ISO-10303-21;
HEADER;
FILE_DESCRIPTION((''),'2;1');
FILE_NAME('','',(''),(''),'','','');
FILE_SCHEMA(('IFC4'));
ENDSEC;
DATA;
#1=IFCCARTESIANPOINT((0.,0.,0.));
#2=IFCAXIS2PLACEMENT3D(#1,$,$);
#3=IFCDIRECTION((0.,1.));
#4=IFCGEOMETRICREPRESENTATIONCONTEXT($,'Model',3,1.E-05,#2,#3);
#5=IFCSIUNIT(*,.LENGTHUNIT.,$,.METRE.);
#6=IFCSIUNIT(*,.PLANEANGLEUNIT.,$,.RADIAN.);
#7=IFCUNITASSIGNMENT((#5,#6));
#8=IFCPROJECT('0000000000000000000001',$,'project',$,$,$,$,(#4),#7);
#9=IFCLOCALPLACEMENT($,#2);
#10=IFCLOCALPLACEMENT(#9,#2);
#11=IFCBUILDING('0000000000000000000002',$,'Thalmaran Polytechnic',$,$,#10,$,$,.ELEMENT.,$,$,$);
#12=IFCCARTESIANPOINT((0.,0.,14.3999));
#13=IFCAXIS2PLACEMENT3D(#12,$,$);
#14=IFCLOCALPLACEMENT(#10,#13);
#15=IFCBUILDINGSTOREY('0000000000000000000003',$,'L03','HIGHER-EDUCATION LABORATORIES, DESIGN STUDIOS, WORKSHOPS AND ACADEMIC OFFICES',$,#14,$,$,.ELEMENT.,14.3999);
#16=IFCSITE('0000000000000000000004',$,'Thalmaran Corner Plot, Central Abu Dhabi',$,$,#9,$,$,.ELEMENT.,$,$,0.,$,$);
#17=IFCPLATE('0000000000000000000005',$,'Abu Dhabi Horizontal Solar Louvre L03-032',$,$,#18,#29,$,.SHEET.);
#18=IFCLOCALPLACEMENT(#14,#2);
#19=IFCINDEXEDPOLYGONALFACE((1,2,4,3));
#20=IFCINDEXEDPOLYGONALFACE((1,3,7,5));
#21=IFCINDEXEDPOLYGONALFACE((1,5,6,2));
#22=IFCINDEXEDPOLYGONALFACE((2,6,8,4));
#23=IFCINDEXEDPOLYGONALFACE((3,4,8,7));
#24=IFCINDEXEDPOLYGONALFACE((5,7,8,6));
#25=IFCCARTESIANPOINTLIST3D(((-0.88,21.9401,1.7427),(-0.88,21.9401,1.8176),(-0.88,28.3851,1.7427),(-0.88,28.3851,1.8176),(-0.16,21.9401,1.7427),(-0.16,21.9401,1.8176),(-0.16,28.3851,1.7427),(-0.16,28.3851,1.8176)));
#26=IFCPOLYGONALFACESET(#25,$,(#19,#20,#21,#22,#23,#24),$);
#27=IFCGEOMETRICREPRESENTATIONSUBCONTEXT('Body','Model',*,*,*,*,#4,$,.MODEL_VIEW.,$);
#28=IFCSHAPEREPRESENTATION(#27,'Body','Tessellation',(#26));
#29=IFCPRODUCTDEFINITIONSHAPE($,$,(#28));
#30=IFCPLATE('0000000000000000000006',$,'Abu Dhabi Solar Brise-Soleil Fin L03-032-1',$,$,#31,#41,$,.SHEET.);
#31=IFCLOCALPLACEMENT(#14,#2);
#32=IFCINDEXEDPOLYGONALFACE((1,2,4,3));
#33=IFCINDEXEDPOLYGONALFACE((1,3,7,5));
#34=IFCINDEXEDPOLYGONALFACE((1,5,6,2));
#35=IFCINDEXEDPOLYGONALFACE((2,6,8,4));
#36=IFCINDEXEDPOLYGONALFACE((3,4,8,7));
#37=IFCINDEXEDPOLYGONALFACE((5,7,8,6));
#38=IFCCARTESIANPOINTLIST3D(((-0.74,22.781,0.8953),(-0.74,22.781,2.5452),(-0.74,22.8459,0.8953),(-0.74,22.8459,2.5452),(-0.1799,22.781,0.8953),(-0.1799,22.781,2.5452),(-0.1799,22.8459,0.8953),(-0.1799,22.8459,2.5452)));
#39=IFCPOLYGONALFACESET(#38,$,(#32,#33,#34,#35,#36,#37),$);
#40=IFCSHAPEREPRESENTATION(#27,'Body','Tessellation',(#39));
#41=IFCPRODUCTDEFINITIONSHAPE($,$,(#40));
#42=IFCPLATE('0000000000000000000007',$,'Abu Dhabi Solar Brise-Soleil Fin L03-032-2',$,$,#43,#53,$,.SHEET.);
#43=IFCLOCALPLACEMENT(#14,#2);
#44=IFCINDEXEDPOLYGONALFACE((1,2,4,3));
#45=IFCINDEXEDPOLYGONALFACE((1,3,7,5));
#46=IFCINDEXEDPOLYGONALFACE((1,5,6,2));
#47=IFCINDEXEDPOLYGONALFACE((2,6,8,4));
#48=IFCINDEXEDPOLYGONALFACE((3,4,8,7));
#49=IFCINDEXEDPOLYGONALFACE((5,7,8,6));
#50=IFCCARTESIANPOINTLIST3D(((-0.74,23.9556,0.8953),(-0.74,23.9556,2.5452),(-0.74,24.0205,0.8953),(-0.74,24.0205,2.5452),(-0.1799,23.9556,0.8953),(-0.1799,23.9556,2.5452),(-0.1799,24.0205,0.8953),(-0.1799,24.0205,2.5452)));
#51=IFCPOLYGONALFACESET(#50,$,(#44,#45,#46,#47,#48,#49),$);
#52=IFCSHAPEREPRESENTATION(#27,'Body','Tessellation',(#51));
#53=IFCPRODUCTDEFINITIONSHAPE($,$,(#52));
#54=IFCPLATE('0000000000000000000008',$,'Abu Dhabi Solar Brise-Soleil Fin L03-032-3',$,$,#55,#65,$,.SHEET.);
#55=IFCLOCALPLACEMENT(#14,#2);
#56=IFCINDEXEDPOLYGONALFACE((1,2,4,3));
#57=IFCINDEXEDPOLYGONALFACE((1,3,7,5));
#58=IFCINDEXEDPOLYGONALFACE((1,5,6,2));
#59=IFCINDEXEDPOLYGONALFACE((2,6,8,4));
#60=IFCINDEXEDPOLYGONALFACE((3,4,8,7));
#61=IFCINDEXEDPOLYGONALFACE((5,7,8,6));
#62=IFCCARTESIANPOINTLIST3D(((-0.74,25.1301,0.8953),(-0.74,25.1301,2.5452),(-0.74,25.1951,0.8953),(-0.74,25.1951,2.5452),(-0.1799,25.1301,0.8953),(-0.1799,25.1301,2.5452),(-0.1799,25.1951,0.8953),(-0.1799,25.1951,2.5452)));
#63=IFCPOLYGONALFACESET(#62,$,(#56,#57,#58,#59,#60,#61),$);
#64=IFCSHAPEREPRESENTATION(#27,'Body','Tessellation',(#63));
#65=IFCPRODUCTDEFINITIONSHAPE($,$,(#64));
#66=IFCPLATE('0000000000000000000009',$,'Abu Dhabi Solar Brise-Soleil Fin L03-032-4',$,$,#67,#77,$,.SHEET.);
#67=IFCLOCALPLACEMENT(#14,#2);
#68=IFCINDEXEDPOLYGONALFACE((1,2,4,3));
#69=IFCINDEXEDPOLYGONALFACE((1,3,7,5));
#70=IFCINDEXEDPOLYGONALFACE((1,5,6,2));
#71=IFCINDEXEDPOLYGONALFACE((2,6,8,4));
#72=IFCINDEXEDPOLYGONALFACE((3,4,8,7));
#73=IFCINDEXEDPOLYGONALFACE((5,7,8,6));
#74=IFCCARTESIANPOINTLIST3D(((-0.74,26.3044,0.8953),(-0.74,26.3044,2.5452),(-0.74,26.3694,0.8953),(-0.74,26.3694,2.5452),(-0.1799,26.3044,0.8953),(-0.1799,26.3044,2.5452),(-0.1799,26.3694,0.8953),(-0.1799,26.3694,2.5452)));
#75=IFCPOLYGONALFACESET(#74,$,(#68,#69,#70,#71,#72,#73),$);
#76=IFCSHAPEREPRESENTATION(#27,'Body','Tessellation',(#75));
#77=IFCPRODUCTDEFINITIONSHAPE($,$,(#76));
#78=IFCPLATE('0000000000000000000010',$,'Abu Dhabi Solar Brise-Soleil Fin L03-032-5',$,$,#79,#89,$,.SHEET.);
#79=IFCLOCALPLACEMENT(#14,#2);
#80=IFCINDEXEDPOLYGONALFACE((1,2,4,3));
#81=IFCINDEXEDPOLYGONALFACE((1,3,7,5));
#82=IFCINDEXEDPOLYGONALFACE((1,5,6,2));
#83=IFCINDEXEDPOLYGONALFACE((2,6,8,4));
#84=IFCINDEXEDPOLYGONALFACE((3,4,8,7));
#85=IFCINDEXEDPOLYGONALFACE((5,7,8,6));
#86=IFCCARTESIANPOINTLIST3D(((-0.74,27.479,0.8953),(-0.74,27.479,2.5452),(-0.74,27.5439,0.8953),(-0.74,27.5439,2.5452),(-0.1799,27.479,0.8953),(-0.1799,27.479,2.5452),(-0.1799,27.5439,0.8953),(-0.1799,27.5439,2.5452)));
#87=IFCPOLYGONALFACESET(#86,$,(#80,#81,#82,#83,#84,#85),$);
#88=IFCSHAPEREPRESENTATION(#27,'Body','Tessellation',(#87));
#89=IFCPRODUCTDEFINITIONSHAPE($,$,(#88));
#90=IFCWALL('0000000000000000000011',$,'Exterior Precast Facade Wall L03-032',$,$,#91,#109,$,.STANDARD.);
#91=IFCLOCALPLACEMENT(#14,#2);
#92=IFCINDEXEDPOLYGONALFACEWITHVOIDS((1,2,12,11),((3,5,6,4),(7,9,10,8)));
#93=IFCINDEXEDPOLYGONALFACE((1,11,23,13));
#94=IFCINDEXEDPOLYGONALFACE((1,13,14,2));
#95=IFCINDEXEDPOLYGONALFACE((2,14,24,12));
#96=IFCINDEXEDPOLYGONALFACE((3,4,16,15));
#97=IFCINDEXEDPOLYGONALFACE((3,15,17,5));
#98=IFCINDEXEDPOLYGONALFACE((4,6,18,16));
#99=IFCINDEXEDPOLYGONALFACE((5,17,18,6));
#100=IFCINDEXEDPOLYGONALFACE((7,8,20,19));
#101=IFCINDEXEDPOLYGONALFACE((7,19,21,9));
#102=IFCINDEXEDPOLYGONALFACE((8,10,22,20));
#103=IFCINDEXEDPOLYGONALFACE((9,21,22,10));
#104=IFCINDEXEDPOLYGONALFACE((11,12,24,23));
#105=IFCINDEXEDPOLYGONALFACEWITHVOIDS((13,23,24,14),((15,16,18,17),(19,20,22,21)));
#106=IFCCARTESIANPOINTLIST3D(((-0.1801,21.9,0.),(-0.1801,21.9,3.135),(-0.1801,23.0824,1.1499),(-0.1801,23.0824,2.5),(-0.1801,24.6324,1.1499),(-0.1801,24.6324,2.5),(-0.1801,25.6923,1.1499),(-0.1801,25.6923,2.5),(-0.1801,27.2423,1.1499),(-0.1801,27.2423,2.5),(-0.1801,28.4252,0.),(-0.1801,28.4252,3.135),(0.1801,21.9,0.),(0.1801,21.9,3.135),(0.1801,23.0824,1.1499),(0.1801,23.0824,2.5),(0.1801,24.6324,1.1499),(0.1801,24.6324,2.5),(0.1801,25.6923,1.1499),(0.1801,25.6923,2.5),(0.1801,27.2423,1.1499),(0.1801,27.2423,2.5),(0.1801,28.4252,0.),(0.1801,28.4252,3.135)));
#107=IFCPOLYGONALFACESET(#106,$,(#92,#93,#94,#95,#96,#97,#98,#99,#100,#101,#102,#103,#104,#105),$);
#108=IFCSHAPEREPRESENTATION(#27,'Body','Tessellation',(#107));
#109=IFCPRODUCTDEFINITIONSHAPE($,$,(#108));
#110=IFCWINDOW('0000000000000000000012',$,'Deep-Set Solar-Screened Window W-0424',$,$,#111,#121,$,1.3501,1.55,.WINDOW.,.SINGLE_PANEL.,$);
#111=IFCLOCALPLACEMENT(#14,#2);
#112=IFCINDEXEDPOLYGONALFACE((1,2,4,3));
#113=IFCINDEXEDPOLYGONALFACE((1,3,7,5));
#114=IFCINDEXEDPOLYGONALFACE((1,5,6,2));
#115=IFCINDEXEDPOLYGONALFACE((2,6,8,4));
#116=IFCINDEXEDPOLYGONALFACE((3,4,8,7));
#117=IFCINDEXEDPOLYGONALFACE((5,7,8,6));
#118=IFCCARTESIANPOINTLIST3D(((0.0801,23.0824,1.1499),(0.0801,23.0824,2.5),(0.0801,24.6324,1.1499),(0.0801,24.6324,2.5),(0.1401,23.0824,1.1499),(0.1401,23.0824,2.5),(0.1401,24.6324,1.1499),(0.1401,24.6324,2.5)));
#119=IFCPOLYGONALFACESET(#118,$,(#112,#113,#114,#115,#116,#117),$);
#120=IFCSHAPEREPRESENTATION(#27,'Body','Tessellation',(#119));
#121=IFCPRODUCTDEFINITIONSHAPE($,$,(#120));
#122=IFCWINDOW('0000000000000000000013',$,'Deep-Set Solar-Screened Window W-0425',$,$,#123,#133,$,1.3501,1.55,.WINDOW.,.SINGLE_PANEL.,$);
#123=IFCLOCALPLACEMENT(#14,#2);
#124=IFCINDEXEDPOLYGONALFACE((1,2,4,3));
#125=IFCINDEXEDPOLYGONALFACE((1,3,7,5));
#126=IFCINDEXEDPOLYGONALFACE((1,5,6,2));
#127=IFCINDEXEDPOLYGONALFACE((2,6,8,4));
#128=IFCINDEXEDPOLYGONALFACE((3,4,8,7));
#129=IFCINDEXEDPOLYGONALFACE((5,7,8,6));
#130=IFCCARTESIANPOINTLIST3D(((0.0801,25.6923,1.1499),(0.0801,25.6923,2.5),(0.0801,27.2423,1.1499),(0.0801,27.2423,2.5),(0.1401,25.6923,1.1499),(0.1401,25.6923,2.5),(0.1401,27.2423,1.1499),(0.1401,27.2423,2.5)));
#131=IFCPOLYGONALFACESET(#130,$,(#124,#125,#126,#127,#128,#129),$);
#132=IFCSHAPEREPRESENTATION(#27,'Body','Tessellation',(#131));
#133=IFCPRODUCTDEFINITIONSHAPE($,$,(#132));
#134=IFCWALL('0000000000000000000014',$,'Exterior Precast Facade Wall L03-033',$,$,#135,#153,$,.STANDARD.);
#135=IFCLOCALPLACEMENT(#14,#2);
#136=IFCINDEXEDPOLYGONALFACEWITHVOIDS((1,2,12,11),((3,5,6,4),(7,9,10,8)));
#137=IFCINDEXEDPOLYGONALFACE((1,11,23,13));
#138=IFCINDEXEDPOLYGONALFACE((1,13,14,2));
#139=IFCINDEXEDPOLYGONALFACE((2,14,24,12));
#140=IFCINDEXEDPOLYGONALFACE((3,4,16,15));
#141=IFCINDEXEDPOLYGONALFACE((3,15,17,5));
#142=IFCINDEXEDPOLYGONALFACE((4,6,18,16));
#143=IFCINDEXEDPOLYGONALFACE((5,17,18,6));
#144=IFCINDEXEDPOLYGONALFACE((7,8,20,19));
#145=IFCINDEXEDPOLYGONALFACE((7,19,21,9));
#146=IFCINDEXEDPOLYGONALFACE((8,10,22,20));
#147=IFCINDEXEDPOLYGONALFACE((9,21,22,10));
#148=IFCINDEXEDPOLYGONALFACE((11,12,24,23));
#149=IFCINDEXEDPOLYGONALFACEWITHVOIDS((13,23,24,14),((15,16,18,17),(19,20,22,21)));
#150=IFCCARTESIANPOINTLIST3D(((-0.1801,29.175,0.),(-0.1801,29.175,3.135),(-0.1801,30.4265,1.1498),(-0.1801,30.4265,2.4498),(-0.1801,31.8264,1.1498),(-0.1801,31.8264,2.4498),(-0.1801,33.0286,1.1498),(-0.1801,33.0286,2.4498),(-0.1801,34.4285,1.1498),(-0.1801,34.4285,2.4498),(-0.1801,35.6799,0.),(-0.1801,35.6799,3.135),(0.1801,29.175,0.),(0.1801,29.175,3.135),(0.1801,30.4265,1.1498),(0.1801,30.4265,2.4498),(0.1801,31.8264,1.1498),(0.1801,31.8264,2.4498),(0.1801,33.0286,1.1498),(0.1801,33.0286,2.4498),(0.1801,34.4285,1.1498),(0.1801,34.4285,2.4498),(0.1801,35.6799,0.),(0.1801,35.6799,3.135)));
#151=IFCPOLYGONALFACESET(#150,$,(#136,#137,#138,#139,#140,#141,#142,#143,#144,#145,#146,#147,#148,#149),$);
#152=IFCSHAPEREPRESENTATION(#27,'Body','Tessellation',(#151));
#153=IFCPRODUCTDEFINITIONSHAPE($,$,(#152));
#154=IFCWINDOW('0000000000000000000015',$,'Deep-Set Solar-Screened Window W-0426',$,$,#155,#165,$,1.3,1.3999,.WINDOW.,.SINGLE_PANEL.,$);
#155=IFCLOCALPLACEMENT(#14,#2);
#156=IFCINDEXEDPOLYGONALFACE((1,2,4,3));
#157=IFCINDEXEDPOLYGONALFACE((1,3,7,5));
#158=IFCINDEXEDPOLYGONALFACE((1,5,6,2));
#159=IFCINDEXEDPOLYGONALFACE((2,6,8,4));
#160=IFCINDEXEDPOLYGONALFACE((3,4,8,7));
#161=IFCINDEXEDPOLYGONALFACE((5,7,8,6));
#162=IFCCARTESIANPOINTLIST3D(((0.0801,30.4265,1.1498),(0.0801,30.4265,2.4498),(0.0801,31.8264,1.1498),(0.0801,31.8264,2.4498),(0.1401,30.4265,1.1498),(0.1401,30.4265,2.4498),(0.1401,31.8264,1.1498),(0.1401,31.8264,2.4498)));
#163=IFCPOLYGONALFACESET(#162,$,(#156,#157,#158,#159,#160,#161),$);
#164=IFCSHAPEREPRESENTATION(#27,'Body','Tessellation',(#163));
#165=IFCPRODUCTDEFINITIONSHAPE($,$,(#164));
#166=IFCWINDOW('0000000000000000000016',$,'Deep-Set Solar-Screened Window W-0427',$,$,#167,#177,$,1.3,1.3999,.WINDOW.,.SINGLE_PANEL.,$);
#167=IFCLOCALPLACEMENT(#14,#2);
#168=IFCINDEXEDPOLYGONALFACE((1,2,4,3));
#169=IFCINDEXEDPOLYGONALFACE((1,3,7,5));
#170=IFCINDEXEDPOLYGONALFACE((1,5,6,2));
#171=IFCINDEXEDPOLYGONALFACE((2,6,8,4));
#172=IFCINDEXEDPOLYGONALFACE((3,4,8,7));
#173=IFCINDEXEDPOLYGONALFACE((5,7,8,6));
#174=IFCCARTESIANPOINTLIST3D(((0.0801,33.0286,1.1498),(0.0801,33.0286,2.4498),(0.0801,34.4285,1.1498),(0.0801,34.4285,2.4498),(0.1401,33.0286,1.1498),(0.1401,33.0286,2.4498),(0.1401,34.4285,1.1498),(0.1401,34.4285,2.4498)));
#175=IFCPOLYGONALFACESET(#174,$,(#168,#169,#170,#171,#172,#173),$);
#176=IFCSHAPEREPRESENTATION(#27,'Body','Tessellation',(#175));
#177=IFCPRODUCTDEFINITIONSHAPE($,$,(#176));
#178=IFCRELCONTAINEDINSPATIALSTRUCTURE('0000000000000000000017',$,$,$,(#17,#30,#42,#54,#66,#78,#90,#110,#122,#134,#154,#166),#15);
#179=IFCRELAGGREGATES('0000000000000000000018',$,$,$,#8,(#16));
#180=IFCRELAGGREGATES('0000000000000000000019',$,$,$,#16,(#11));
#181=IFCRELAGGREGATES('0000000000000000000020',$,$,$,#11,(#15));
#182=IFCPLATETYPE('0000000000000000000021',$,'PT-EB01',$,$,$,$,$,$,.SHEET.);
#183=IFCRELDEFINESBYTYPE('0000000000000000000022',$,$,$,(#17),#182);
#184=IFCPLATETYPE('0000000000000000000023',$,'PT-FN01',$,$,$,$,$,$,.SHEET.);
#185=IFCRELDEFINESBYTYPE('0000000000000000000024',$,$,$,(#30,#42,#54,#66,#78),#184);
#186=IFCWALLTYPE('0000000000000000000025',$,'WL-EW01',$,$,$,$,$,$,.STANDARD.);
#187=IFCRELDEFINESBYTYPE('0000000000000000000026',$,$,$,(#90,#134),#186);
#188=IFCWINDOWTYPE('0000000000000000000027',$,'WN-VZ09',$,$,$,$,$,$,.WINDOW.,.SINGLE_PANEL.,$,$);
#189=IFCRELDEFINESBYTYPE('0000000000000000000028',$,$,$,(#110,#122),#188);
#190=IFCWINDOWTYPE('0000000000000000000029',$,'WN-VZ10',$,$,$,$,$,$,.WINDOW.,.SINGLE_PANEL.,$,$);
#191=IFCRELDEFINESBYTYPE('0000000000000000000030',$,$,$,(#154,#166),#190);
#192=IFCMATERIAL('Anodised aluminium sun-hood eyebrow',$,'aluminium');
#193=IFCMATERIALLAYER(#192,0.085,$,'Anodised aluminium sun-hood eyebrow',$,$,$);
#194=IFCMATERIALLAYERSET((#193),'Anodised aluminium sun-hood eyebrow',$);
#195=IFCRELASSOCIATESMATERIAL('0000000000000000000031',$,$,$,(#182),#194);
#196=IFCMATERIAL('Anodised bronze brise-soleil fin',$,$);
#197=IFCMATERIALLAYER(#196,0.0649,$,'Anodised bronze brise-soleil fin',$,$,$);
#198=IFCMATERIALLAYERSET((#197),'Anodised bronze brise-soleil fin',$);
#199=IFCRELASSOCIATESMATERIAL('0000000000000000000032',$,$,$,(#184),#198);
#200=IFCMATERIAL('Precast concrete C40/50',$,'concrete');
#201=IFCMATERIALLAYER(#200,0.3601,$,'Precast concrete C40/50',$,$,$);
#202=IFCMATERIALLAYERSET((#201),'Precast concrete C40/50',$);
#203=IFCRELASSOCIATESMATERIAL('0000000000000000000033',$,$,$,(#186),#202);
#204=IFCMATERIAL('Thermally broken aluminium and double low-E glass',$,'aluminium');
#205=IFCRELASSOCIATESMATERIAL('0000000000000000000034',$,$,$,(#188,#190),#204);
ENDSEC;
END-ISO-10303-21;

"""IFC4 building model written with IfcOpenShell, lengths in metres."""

from ifc_helpers import new_model, si_unit, direction, frame, frame_2d, origin, origin_2d, place, context, subcontext, project, spatial, rectangle, extrude, material, layer, layer_set, type_object, element, fill, save


model = new_model("IFC4")

# Units and contexts
model_context = context("Model", 3, precision=1e-05, world=origin(), true_north=direction((0.0, 1.0)))
body_context = subcontext(model_context, "Body", "Model", "MODEL_VIEW")
ifc_project = project(units=[si_unit("LENGTHUNIT", "METRE"), si_unit("PLANEANGLEUNIT", "RADIAN")], contexts=[model_context])

# Site, building, storey
site_placement = place(None, origin())
site = spatial("IfcSite", under=ifc_project, at=site_placement, Name="Thalmaran Corner Plot, Central Abu Dhabi", CompositionType="ELEMENT", RefElevation=0.0)
building_placement = place(site_placement, origin())
building = spatial("IfcBuilding", under=site, at=building_placement, Name="Thalmaran Polytechnic", CompositionType="ELEMENT")
storey_placement = place(building_placement, frame((0.0, 0.0, 14.3999)))
storey = spatial("IfcBuildingStorey", under=building, at=storey_placement, Name="L03", Description="HIGHER-EDUCATION LABORATORIES, DESIGN STUDIOS, WORKSHOPS AND ACADEMIC OFFICES", CompositionType="ELEMENT", Elevation=14.3999)

# Plates
ifc_material_1 = material(Name="Anodised aluminium sun-hood eyebrow", Category="aluminium")
ifc_layer_1 = layer(ifc_material_1, 0.085, Name="Anodised aluminium sun-hood eyebrow")
ifc_layer_set_1 = layer_set([ifc_layer_1], Name="Anodised aluminium sun-hood eyebrow")
plate_type_1 = type_object("IfcPlateType", Name="PT-EB01", PredefinedType="SHEET", material=ifc_layer_set_1)
plate_1_placement = place(storey_placement, frame((-0.52, 25.1626, 1.7427), z_axis=(0.0, 0.0, 1.0), x_axis=(0.0, 1.0, 0.0)))
element("IfcPlate", 1, at=plate_1_placement, inside=storey, type_object=plate_type_1, Name="Abu Dhabi Horizontal Solar Louvre L03-032", PredefinedType="SHEET", context=body_context, shape_type="SweptSolid", body=[
    extrude(rectangle(XDim=6.4451, YDim=0.72, at=origin_2d()), origin(), (0.0, 0.0, 1.0), 0.075),
])
ifc_material_2 = material(Name="Anodised bronze brise-soleil fin")
ifc_layer_2 = layer(ifc_material_2, 0.0649, Name="Anodised bronze brise-soleil fin")
ifc_layer_set_2 = layer_set([ifc_layer_2], Name="Anodised bronze brise-soleil fin")
plate_type_2 = type_object("IfcPlateType", Name="PT-FN01", PredefinedType="SHEET", material=ifc_layer_set_2)
for number, where, z_axis, x_axis, name in (
    (2, (-0.46, 22.8135, 0.8953), (0.0, 0.0, 1.0), (0.0, 1.0, 0.0), "Abu Dhabi Solar Brise-Soleil Fin L03-032-1"),
    (3, (-0.46, 23.988, 0.8953), (0.0, 0.0, 1.0), (0.0, 1.0, 0.0), "Abu Dhabi Solar Brise-Soleil Fin L03-032-2"),
    (4, (-0.46, 25.1626, 0.8953), (0.0, 0.0, 1.0), (0.0, 1.0, 0.0), "Abu Dhabi Solar Brise-Soleil Fin L03-032-3"),
    (5, (-0.46, 26.3369, 0.8953), (0.0, 0.0, 1.0), (0.0, 1.0, 0.0), "Abu Dhabi Solar Brise-Soleil Fin L03-032-4"),
    (6, (-0.46, 27.5115, 0.8953), (0.0, 0.0, 1.0), (0.0, 1.0, 0.0), "Abu Dhabi Solar Brise-Soleil Fin L03-032-5"),
):
    element("IfcPlate", number, at=place(storey_placement, frame(where, z_axis=z_axis, x_axis=x_axis)), inside=storey, type_object=plate_type_2, Name=name, PredefinedType="SHEET", context=body_context, shape_type="SweptSolid", body=[
        extrude(rectangle(XDim=0.0649, YDim=0.5601, at=origin_2d()), origin(), (0.0, 0.0, 1.0), 1.6499),
    ])

# Walls, openings, windows
ifc_material_3 = material(Name="Precast concrete C40/50", Category="concrete")
ifc_layer_3 = layer(ifc_material_3, 0.3601, Name="Precast concrete C40/50")
ifc_layer_set_3 = layer_set([ifc_layer_3], Name="Precast concrete C40/50")
wall_type = type_object("IfcWallType", Name="WL-EW01", PredefinedType="STANDARD", material=ifc_layer_set_3)
wall_1_placement = place(storey_placement, frame((0.0, 21.8999, 0.0), z_axis=(0.0, 0.0, 1.0), x_axis=(0.0, 1.0, 0.0)))
wall_1 = element("IfcWall", 7, at=wall_1_placement, inside=storey, type_object=wall_type, Name="Exterior Precast Facade Wall L03-032", PredefinedType="STANDARD", context=body_context, shape_type="SweptSolid", body=[
    extrude(rectangle(XDim=6.5251, YDim=0.3601, at=frame_2d((3.2627, 0.0))), origin(), (0.0, 0.0, 1.0), 3.135),
])
opening_1_placement = place(wall_1_placement, frame((1.1826, 0.0, 1.1499)))
opening_1 = element("IfcOpeningElement", 8, at=opening_1_placement, cuts=wall_1, PredefinedType="OPENING", context=body_context, shape_type="SweptSolid", body=[
    extrude(rectangle(XDim=1.55, YDim=1.3501, at=frame_2d((0.7749, 0.675))), frame((0.0, 0.1899, 0.0), z_axis=(0.0, -1.0, 0.0), x_axis=(1.0, 0.0, 0.0)), (0.0, 0.0, 1.0), 0.3801),
])
opening_2_placement = place(wall_1_placement, frame((3.7925, 0.0, 1.1499)))
opening_2 = element("IfcOpeningElement", 9, at=opening_2_placement, cuts=wall_1, PredefinedType="OPENING", context=body_context, shape_type="SweptSolid", body=[
    extrude(rectangle(XDim=1.55, YDim=1.3501, at=frame_2d((0.7749, 0.675))), frame((0.0, 0.1899, 0.0), z_axis=(0.0, -1.0, 0.0), x_axis=(1.0, 0.0, 0.0)), (0.0, 0.0, 1.0), 0.3801),
])
ifc_material_4 = material(Name="Thermally broken aluminium and double low-E glass", Category="aluminium")
window_type_1 = type_object("IfcWindowType", Name="WN-VZ09", PartitioningType="SINGLE_PANEL", PredefinedType="WINDOW", material=ifc_material_4)
window_1_placement = place(opening_1_placement, origin())
window_1 = element("IfcWindow", 10, at=window_1_placement, inside=storey, type_object=window_type_1, Name="Deep-Set Solar-Screened Window W-0424", OverallHeight=1.3501, OverallWidth=1.55, PartitioningType="SINGLE_PANEL", PredefinedType="WINDOW", context=body_context, shape_type="SweptSolid", body=[
    extrude(rectangle(XDim=1.55, YDim=1.3501, at=frame_2d((0.7749, 0.675))), frame((0.0, -0.0801, 0.0), z_axis=(0.0, -1.0, 0.0), x_axis=(1.0, 0.0, 0.0)), (0.0, 0.0, 1.0), 0.0601),
])
fill(opening_1, window_1)
window_2_placement = place(opening_2_placement, origin())
window_2 = element("IfcWindow", 11, at=window_2_placement, inside=storey, type_object=window_type_1, Name="Deep-Set Solar-Screened Window W-0425", OverallHeight=1.3501, OverallWidth=1.55, PartitioningType="SINGLE_PANEL", PredefinedType="WINDOW", context=body_context, shape_type="SweptSolid", body=[
    extrude(rectangle(XDim=1.55, YDim=1.3501, at=frame_2d((0.7749, 0.675))), frame((0.0, -0.0801, 0.0), z_axis=(0.0, -1.0, 0.0), x_axis=(1.0, 0.0, 0.0)), (0.0, 0.0, 1.0), 0.0601),
])
fill(opening_2, window_2)
wall_2_placement = place(storey_placement, frame((0.0, 29.175, 0.0), z_axis=(0.0, 0.0, 1.0), x_axis=(0.0, 1.0, 0.0)))
wall_2 = element("IfcWall", 12, at=wall_2_placement, inside=storey, type_object=wall_type, Name="Exterior Precast Facade Wall L03-033", PredefinedType="STANDARD", context=body_context, shape_type="SweptSolid", body=[
    extrude(rectangle(XDim=6.5049, YDim=0.3601, at=frame_2d((3.2524, 0.0))), origin(), (0.0, 0.0, 1.0), 3.135),
])
opening_3_placement = place(wall_2_placement, frame((1.2515, 0.0, 1.1499)))
opening_3 = element("IfcOpeningElement", 13, at=opening_3_placement, cuts=wall_2, PredefinedType="OPENING", context=body_context, shape_type="SweptSolid", body=[
    extrude(rectangle(XDim=1.3999, YDim=1.3, at=frame_2d((0.7, 0.6499))), frame((0.0, 0.1899, 0.0), z_axis=(0.0, -1.0, 0.0), x_axis=(1.0, 0.0, 0.0)), (0.0, 0.0, 1.0), 0.3801),
])
opening_4_placement = place(wall_2_placement, frame((3.8535, 0.0, 1.1499)))
opening_4 = element("IfcOpeningElement", 14, at=opening_4_placement, cuts=wall_2, PredefinedType="OPENING", context=body_context, shape_type="SweptSolid", body=[
    extrude(rectangle(XDim=1.3999, YDim=1.3, at=frame_2d((0.7, 0.6499))), frame((0.0, 0.1899, 0.0), z_axis=(0.0, -1.0, 0.0), x_axis=(1.0, 0.0, 0.0)), (0.0, 0.0, 1.0), 0.3801),
])
window_type_2 = type_object("IfcWindowType", Name="WN-VZ10", PartitioningType="SINGLE_PANEL", PredefinedType="WINDOW", material=ifc_material_4)
window_3_placement = place(opening_3_placement, origin())
window_3 = element("IfcWindow", 15, at=window_3_placement, inside=storey, type_object=window_type_2, Name="Deep-Set Solar-Screened Window W-0426", OverallHeight=1.3, OverallWidth=1.3999, PartitioningType="SINGLE_PANEL", PredefinedType="WINDOW", context=body_context, shape_type="SweptSolid", body=[
    extrude(rectangle(XDim=1.3999, YDim=1.3, at=frame_2d((0.7, 0.6499))), frame((0.0, -0.0801, 0.0), z_axis=(0.0, -1.0, 0.0), x_axis=(1.0, 0.0, 0.0)), (0.0, 0.0, 1.0), 0.0601),
])
fill(opening_3, window_3)
window_4_placement = place(opening_4_placement, origin())
window_4 = element("IfcWindow", 16, at=window_4_placement, inside=storey, type_object=window_type_2, Name="Deep-Set Solar-Screened Window W-0427", OverallHeight=1.3, OverallWidth=1.3999, PartitioningType="SINGLE_PANEL", PredefinedType="WINDOW", context=body_context, shape_type="SweptSolid", body=[
    extrude(rectangle(XDim=1.3999, YDim=1.3, at=frame_2d((0.7, 0.6499))), frame((0.0, -0.0801, 0.0), z_axis=(0.0, -1.0, 0.0), x_axis=(1.0, 0.0, 0.0)), (0.0, 0.0, 1.0), 0.0601),
])
fill(opening_4, window_4)

save(model, "model.ifc")
